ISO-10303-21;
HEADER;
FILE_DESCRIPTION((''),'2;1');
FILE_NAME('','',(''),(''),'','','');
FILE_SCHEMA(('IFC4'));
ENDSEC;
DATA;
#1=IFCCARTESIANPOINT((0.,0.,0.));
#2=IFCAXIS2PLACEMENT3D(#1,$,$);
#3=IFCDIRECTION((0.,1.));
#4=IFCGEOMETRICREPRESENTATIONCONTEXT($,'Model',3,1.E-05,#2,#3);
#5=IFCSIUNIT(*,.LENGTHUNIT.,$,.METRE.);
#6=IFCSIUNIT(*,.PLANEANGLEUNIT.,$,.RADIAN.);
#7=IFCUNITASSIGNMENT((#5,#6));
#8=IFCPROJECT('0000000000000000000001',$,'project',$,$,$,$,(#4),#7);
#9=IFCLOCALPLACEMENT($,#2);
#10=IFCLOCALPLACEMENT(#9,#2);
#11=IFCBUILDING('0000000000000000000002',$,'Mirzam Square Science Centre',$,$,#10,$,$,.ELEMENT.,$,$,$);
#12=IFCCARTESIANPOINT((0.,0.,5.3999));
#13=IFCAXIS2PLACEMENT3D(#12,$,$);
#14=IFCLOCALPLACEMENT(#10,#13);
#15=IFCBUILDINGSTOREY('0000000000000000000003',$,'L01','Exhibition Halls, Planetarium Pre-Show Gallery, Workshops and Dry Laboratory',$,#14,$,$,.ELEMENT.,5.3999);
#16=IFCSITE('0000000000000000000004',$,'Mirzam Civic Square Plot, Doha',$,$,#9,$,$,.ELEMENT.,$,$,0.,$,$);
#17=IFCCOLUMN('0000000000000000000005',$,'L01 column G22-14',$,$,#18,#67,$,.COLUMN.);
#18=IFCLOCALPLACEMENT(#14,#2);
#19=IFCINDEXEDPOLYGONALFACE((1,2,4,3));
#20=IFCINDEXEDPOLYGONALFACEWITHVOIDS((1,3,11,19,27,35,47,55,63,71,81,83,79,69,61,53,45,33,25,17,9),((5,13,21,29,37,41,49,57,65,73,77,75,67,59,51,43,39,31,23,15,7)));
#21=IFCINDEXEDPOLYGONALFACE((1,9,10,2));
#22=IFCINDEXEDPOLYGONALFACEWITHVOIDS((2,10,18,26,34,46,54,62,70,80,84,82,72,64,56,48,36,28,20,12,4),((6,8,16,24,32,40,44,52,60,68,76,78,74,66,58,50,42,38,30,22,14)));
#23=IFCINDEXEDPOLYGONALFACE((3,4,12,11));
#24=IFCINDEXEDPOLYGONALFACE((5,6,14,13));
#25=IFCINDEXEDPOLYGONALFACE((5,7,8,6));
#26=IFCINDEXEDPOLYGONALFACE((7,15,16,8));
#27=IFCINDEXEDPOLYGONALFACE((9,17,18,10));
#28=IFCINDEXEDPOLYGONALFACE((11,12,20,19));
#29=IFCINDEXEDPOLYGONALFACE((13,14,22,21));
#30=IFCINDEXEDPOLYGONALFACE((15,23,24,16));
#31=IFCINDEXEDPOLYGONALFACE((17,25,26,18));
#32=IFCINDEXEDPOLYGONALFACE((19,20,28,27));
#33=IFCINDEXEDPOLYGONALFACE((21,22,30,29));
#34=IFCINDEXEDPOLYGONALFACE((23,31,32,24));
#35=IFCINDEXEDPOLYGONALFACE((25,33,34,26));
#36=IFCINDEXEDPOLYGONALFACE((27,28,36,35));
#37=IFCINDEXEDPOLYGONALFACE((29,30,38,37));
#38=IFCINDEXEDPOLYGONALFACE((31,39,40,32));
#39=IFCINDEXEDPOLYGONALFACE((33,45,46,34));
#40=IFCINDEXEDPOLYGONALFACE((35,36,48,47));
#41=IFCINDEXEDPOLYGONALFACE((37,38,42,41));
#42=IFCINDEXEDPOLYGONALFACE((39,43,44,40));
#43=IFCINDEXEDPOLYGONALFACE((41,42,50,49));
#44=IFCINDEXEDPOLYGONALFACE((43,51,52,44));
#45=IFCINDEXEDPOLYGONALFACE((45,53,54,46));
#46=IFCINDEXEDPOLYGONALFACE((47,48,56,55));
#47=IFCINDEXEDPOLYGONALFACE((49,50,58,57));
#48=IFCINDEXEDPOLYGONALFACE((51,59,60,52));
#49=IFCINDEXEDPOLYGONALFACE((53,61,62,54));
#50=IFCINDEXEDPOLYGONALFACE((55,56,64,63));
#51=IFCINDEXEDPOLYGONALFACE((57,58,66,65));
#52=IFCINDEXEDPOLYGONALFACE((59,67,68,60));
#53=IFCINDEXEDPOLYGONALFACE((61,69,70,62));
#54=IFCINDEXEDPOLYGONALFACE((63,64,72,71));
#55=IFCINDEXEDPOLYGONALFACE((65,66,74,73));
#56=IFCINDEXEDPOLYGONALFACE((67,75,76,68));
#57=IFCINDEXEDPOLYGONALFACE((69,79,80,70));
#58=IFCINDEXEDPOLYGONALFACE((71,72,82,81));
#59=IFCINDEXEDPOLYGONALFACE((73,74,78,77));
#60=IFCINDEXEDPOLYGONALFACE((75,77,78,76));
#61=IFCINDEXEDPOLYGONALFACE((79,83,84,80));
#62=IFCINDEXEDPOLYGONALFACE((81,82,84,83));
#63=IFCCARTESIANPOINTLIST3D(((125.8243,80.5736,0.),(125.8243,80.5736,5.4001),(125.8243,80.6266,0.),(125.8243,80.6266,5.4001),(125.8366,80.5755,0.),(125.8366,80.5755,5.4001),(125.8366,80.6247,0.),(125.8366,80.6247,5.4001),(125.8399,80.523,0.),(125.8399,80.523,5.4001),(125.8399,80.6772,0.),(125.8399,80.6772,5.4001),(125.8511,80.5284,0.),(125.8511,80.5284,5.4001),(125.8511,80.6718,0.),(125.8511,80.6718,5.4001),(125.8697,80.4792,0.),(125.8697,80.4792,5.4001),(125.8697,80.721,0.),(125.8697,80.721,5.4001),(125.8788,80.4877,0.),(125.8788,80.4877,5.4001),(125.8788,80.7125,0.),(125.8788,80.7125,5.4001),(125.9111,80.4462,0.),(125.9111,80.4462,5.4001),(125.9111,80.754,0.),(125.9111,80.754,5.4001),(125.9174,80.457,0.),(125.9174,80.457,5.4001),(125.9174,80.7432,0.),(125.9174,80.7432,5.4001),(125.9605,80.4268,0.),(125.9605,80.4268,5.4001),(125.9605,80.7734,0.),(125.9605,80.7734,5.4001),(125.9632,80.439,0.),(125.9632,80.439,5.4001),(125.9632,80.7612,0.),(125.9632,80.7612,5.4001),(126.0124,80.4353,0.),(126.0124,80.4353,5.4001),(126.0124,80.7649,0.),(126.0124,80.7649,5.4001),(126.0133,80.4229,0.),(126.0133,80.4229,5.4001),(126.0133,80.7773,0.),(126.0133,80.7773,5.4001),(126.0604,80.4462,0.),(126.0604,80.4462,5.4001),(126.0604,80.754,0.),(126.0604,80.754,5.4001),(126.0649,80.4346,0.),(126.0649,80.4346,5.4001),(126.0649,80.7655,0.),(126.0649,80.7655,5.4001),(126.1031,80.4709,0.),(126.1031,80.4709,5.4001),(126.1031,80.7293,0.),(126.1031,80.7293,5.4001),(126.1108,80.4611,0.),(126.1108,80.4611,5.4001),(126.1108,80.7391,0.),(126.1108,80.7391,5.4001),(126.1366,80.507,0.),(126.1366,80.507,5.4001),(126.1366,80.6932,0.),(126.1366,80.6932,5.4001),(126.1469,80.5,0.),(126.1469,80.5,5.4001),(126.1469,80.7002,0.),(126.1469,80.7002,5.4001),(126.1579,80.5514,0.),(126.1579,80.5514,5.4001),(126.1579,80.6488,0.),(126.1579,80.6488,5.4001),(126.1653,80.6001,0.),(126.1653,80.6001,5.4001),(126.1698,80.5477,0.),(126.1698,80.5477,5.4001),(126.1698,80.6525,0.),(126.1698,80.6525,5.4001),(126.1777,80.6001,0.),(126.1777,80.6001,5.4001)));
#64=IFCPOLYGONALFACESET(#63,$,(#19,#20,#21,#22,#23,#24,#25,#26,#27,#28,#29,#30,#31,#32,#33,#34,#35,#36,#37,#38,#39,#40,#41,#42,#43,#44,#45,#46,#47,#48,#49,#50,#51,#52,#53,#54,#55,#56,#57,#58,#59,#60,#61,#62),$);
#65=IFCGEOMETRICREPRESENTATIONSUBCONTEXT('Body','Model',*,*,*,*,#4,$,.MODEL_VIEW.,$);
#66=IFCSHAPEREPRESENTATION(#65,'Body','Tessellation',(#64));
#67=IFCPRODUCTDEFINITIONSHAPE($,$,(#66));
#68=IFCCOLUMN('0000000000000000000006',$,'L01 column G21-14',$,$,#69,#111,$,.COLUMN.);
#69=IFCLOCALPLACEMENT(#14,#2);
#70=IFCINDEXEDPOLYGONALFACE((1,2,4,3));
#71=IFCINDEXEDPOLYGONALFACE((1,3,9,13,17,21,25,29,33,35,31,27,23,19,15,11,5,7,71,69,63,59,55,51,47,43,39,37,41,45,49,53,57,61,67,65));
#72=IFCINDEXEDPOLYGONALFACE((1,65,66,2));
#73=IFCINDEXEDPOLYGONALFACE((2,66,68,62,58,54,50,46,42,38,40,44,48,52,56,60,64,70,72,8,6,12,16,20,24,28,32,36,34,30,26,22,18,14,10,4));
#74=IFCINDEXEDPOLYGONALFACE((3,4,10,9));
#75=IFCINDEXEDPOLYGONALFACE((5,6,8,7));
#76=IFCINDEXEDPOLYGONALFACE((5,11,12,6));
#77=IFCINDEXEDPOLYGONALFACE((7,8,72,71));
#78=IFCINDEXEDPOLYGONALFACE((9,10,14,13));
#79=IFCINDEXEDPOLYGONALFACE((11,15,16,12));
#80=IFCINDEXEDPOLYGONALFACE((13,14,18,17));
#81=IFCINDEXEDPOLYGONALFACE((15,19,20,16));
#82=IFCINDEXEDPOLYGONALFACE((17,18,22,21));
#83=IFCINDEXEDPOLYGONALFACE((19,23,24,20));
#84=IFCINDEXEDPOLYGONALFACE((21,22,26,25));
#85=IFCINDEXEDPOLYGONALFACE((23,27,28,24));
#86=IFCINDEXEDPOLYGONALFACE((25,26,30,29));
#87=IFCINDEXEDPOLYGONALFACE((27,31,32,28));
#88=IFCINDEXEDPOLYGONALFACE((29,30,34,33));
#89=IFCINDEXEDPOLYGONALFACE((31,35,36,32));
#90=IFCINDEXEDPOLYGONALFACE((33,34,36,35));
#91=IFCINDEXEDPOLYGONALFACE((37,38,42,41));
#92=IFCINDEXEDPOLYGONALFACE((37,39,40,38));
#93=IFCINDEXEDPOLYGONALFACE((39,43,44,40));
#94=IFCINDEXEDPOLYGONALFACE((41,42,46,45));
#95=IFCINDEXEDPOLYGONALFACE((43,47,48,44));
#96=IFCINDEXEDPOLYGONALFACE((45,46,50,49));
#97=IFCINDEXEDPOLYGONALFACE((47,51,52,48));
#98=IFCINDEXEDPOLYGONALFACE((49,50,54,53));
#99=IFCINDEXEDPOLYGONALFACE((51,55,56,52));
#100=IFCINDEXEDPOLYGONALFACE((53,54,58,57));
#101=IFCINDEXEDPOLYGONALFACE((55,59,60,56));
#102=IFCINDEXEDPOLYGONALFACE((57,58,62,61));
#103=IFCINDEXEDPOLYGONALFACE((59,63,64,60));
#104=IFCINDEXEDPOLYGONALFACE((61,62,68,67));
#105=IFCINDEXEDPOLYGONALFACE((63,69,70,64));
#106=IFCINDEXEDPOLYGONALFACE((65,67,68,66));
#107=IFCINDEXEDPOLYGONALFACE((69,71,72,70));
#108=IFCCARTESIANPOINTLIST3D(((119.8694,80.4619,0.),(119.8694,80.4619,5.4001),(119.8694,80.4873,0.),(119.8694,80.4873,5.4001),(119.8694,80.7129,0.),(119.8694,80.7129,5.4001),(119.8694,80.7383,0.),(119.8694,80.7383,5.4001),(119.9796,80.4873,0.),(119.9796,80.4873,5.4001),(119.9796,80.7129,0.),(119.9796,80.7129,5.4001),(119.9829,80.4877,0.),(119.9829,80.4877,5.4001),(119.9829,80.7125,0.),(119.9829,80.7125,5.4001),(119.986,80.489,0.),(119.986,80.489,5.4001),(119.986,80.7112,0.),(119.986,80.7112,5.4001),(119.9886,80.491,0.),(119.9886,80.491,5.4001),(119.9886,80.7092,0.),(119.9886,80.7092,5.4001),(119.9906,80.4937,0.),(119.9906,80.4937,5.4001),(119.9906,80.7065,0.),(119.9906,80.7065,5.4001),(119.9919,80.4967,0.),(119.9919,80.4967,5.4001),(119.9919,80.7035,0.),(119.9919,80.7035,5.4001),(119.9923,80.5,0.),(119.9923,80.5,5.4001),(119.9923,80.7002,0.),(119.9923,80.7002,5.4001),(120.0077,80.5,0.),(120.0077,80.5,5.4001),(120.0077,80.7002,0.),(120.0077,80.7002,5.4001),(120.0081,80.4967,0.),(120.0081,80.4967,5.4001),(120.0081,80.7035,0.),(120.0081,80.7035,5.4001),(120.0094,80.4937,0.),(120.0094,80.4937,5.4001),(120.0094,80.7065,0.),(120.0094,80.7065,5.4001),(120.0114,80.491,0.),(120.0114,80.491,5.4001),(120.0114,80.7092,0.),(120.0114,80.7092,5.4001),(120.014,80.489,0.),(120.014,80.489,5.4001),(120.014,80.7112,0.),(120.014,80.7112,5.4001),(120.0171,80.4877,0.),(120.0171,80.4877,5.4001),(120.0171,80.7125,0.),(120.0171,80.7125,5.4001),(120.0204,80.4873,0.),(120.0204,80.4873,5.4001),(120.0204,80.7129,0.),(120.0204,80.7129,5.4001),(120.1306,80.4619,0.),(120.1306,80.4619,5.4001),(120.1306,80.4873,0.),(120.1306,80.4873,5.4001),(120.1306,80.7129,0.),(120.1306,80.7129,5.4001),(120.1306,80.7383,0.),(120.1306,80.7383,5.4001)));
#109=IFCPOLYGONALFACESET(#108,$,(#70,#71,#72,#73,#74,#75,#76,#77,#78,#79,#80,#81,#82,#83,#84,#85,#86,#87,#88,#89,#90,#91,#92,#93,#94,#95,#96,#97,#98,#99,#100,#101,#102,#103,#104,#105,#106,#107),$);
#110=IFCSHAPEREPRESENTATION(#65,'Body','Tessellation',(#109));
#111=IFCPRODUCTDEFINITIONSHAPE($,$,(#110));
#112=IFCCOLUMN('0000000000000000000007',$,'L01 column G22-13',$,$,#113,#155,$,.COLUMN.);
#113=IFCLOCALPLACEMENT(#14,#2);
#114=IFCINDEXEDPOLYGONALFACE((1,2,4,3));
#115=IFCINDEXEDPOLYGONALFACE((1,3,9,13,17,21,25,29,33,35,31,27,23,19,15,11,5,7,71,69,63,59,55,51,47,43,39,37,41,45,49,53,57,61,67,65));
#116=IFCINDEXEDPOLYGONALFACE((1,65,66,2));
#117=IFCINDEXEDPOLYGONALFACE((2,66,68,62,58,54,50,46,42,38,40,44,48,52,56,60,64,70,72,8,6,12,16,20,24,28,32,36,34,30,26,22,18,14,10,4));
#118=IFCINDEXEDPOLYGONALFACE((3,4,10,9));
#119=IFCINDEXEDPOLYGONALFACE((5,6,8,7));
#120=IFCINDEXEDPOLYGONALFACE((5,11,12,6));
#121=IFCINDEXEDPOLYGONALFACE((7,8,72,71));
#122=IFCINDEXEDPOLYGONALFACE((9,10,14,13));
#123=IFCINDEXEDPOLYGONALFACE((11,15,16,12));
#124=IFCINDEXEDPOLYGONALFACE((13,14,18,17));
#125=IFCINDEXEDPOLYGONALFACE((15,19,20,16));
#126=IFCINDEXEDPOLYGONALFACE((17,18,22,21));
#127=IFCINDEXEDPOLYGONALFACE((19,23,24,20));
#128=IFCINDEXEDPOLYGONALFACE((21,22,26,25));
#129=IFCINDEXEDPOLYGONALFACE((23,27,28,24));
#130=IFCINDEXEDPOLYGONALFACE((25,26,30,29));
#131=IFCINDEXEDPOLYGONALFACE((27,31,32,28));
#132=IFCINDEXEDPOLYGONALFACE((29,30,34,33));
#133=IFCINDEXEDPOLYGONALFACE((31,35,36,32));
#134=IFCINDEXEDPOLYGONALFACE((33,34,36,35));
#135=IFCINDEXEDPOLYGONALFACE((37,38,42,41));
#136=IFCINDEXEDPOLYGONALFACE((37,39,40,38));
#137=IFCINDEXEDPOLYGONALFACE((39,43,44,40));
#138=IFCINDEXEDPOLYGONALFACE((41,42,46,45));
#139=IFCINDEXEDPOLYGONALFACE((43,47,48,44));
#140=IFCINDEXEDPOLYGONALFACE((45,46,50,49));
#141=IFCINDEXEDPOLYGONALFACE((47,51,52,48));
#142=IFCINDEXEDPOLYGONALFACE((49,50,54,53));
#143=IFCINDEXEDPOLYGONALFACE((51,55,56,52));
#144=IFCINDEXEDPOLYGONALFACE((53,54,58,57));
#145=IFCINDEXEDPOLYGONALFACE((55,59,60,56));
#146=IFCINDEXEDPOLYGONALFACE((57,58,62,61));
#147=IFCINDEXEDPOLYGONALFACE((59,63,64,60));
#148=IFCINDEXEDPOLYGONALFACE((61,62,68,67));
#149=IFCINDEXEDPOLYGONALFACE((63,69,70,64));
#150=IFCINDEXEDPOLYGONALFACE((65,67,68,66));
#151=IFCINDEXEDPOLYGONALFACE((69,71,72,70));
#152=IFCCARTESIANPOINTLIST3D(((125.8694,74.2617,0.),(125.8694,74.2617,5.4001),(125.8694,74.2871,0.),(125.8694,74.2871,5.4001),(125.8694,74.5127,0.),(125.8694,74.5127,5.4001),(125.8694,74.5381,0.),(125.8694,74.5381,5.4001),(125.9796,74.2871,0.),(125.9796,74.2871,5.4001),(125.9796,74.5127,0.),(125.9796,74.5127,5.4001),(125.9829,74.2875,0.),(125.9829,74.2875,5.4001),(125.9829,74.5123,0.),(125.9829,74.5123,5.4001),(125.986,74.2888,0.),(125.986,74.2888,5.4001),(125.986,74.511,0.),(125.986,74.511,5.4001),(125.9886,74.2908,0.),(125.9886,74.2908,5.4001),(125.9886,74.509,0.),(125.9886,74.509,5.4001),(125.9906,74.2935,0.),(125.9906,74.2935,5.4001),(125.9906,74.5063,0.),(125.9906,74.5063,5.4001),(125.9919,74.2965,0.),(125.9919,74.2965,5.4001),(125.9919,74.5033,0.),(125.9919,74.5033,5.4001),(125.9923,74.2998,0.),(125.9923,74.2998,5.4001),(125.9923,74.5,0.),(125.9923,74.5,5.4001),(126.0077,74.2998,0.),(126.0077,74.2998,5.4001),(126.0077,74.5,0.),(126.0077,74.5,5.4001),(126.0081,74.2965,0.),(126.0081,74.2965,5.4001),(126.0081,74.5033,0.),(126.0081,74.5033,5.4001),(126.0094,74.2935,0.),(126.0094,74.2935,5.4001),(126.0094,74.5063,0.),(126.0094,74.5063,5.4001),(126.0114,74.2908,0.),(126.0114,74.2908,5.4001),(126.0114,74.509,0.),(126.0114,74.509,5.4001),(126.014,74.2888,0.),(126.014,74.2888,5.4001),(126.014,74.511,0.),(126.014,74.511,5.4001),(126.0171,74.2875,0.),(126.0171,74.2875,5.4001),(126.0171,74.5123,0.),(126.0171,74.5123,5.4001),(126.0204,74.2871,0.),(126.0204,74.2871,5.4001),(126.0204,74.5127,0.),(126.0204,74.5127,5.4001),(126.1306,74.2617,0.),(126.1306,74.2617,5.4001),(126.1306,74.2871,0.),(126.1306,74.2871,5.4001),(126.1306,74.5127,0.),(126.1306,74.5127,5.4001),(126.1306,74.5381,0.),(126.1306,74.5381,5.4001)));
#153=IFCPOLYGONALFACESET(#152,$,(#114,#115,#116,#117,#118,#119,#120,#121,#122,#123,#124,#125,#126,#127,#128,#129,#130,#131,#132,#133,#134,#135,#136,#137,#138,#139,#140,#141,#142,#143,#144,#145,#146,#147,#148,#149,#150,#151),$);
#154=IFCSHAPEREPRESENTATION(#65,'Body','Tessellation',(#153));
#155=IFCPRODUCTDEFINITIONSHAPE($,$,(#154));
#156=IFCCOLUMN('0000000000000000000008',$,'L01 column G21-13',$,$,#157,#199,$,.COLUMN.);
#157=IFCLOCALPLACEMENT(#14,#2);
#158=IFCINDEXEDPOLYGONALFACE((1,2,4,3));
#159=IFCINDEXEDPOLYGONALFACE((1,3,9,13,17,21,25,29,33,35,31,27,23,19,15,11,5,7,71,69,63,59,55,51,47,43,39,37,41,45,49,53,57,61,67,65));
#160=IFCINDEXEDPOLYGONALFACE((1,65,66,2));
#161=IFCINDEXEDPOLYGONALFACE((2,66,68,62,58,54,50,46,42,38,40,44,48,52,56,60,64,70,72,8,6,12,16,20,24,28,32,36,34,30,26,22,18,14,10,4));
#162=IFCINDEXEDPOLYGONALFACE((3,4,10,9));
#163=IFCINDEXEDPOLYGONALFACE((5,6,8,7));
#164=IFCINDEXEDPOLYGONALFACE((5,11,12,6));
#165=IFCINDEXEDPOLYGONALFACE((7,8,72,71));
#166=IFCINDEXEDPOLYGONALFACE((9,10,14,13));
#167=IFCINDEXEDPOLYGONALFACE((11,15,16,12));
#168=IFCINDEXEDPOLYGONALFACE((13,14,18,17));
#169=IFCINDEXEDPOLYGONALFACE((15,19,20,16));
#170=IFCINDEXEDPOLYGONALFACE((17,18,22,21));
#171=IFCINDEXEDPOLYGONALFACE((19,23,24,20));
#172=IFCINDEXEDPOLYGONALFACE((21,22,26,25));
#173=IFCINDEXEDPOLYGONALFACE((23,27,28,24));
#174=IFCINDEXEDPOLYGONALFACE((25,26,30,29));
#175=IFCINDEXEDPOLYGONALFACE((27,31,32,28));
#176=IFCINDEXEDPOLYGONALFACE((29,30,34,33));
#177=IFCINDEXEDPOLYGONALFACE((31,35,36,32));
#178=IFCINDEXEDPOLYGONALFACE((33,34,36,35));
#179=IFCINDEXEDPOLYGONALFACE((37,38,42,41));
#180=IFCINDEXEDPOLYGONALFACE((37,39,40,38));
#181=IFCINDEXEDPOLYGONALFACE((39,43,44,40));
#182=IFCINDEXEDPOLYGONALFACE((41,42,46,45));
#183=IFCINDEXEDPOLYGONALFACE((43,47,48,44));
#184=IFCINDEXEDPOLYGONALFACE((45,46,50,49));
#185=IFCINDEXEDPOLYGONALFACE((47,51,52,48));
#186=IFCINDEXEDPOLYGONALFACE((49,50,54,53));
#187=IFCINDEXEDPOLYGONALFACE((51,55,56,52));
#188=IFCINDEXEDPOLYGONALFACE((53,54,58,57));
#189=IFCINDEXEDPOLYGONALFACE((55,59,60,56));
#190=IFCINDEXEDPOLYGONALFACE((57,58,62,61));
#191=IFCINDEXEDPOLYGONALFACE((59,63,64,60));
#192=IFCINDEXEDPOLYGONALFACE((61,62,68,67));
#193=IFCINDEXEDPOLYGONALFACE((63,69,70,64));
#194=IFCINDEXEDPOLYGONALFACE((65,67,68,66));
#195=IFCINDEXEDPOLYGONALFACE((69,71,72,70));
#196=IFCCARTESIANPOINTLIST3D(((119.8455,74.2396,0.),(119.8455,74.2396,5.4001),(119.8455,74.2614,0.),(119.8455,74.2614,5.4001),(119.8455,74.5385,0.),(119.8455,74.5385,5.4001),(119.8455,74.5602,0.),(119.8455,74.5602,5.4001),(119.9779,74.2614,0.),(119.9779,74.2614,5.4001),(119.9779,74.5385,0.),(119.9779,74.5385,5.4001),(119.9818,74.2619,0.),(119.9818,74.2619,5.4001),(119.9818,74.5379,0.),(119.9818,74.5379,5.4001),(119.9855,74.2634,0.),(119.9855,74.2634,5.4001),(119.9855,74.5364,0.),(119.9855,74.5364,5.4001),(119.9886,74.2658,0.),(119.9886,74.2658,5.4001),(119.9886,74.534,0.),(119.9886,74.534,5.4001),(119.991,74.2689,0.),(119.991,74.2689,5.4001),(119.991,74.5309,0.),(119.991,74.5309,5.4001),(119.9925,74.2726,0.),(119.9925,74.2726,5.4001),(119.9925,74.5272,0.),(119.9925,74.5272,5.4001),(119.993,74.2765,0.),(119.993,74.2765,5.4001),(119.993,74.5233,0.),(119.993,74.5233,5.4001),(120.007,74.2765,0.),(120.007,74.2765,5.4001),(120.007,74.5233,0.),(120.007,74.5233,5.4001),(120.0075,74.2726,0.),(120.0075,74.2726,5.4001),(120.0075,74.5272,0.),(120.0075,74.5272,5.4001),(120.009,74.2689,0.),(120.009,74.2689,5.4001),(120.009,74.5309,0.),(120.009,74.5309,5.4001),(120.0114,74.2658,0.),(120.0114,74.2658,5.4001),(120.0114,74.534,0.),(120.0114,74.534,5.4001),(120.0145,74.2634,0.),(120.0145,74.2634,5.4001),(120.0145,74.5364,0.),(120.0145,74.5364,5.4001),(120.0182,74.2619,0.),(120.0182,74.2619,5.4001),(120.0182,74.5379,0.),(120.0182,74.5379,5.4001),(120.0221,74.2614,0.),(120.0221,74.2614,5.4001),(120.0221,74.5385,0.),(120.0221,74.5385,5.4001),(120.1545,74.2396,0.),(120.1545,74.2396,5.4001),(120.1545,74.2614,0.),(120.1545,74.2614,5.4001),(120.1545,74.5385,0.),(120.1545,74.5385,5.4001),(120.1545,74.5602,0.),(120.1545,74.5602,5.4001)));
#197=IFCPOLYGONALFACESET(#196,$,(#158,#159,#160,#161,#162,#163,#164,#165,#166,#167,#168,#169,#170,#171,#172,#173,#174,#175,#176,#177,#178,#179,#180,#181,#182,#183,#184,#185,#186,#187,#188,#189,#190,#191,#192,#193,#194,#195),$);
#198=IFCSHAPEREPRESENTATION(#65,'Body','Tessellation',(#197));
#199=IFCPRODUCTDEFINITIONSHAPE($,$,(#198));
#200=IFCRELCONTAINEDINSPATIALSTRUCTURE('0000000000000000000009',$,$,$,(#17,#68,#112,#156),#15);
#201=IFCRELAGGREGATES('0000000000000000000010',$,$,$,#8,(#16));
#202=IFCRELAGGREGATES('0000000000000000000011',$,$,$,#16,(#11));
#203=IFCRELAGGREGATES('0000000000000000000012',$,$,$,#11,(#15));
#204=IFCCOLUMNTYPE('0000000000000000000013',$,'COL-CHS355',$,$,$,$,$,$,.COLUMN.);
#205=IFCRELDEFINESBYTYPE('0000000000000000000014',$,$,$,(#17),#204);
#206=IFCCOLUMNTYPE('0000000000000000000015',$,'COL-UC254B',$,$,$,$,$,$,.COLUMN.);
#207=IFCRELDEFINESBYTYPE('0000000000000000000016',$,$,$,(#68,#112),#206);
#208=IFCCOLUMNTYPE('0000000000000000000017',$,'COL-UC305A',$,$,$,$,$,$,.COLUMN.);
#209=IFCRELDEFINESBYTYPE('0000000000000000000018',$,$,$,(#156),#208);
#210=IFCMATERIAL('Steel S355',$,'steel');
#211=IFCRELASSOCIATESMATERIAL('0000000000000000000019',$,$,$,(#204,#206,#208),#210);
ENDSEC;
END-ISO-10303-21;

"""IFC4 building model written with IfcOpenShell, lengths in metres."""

from ifc_helpers import new_model, si_unit, direction, frame, origin, origin_2d, place, context, subcontext, project, spatial, hollow_circle, i_section, extrude, material, material_profile, profile_set, type_object, element, save


model = new_model("IFC4")

# Units and contexts
model_context = context("Model", 3, precision=1e-05, world=origin(), true_north=direction((0.0, 1.0)))
body_context = subcontext(model_context, "Body", "Model", "MODEL_VIEW")
ifc_project = project(units=[si_unit("LENGTHUNIT", "METRE"), si_unit("PLANEANGLEUNIT", "RADIAN")], contexts=[model_context])

# Site, building, storey
site_placement = place(None, origin())
site = spatial("IfcSite", under=ifc_project, at=site_placement, Name="Mirzam Civic Square Plot, Doha", CompositionType="ELEMENT", RefElevation=0.0)
building_placement = place(site_placement, origin())
building = spatial("IfcBuilding", under=site, at=building_placement, Name="Mirzam Square Science Centre", CompositionType="ELEMENT")
storey_placement = place(building_placement, frame((0.0, 0.0, 5.3999)))
storey = spatial("IfcBuildingStorey", under=building, at=storey_placement, Name="L01", Description="Exhibition Halls, Planetarium Pre-Show Gallery, Workshops and Dry Laboratory", CompositionType="ELEMENT", Elevation=5.3999)

# Columns
ifc_material_1 = material(Name="Steel S355", Category="steel")
ifc_material_profile_1 = material_profile(ifc_material_1, hollow_circle(Radius=0.1777, WallThickness=0.0125, at=origin_2d()), Name="355.6x12.5CHS")
ifc_profile_set_1 = profile_set([ifc_material_profile_1], Name="Steel S355")
column_type_1 = type_object("IfcColumnType", Name="COL-CHS355", PredefinedType="COLUMN", material=ifc_profile_set_1)
column_1_placement = place(storey_placement, frame((126.0, 80.6001, 0.0), z_axis=(0.0, 0.0, 1.0), x_axis=(1.0, 0.0, 0.0)))
element("IfcColumn", 1, at=column_1_placement, inside=storey, type_object=column_type_1, Name="L01 column G22-14", PredefinedType="COLUMN", context=body_context, shape_type="SweptSolid", body=[
    extrude(hollow_circle(Radius=0.1777, WallThickness=0.0125, at=origin_2d()), origin(), (0.0, 0.0, 1.0), 5.4001),
])
ifc_material_profile_2 = material_profile(ifc_material_1, i_section(OverallWidth=0.2612, OverallDepth=0.2764, WebThickness=0.0154, FlangeThickness=0.0254, FilletRadius=0.0127, at=origin_2d()), Name="254x254x132UC")
ifc_profile_set_2 = profile_set([ifc_material_profile_2], Name="Steel S355")
column_type_2 = type_object("IfcColumnType", Name="COL-UC254B", PredefinedType="COLUMN", material=ifc_profile_set_2)
for number, where, z_axis, x_axis, name in (
    (2, (120.0, 80.6001, 0.0), (0.0, 0.0, 1.0), (1.0, 0.0, 0.0), "L01 column G21-14"),
    (3, (126.0, 74.3999, 0.0), (0.0, 0.0, 1.0), (1.0, 0.0, 0.0), "L01 column G22-13"),
):
    element("IfcColumn", number, at=place(storey_placement, frame(where, z_axis=z_axis, x_axis=x_axis)), inside=storey, type_object=column_type_2, Name=name, PredefinedType="COLUMN", context=body_context, shape_type="SweptSolid", body=[
        extrude(i_section(OverallWidth=0.2612, OverallDepth=0.2764, WebThickness=0.0154, FlangeThickness=0.0254, FilletRadius=0.0127, at=origin_2d()), origin(), (0.0, 0.0, 1.0), 5.4001),
    ])
ifc_material_profile_3 = material_profile(ifc_material_1, i_section(OverallWidth=0.3091, OverallDepth=0.3206, WebThickness=0.0139, FlangeThickness=0.0217, FilletRadius=0.0151, at=origin_2d()), Name="305x305x137UC")
ifc_profile_set_3 = profile_set([ifc_material_profile_3], Name="Steel S355")
column_type_3 = type_object("IfcColumnType", Name="COL-UC305A", PredefinedType="COLUMN", material=ifc_profile_set_3)
column_2_placement = place(storey_placement, frame((120.0, 74.3999, 0.0), z_axis=(0.0, 0.0, 1.0), x_axis=(1.0, 0.0, 0.0)))
element("IfcColumn", 4, at=column_2_placement, inside=storey, type_object=column_type_3, Name="L01 column G21-13", PredefinedType="COLUMN", context=body_context, shape_type="SweptSolid", body=[
    extrude(i_section(OverallWidth=0.3091, OverallDepth=0.3206, WebThickness=0.0139, FlangeThickness=0.0217, FilletRadius=0.0151, at=origin_2d()), origin(), (0.0, 0.0, 1.0), 5.4001),
])

save(model, "model.ifc")
